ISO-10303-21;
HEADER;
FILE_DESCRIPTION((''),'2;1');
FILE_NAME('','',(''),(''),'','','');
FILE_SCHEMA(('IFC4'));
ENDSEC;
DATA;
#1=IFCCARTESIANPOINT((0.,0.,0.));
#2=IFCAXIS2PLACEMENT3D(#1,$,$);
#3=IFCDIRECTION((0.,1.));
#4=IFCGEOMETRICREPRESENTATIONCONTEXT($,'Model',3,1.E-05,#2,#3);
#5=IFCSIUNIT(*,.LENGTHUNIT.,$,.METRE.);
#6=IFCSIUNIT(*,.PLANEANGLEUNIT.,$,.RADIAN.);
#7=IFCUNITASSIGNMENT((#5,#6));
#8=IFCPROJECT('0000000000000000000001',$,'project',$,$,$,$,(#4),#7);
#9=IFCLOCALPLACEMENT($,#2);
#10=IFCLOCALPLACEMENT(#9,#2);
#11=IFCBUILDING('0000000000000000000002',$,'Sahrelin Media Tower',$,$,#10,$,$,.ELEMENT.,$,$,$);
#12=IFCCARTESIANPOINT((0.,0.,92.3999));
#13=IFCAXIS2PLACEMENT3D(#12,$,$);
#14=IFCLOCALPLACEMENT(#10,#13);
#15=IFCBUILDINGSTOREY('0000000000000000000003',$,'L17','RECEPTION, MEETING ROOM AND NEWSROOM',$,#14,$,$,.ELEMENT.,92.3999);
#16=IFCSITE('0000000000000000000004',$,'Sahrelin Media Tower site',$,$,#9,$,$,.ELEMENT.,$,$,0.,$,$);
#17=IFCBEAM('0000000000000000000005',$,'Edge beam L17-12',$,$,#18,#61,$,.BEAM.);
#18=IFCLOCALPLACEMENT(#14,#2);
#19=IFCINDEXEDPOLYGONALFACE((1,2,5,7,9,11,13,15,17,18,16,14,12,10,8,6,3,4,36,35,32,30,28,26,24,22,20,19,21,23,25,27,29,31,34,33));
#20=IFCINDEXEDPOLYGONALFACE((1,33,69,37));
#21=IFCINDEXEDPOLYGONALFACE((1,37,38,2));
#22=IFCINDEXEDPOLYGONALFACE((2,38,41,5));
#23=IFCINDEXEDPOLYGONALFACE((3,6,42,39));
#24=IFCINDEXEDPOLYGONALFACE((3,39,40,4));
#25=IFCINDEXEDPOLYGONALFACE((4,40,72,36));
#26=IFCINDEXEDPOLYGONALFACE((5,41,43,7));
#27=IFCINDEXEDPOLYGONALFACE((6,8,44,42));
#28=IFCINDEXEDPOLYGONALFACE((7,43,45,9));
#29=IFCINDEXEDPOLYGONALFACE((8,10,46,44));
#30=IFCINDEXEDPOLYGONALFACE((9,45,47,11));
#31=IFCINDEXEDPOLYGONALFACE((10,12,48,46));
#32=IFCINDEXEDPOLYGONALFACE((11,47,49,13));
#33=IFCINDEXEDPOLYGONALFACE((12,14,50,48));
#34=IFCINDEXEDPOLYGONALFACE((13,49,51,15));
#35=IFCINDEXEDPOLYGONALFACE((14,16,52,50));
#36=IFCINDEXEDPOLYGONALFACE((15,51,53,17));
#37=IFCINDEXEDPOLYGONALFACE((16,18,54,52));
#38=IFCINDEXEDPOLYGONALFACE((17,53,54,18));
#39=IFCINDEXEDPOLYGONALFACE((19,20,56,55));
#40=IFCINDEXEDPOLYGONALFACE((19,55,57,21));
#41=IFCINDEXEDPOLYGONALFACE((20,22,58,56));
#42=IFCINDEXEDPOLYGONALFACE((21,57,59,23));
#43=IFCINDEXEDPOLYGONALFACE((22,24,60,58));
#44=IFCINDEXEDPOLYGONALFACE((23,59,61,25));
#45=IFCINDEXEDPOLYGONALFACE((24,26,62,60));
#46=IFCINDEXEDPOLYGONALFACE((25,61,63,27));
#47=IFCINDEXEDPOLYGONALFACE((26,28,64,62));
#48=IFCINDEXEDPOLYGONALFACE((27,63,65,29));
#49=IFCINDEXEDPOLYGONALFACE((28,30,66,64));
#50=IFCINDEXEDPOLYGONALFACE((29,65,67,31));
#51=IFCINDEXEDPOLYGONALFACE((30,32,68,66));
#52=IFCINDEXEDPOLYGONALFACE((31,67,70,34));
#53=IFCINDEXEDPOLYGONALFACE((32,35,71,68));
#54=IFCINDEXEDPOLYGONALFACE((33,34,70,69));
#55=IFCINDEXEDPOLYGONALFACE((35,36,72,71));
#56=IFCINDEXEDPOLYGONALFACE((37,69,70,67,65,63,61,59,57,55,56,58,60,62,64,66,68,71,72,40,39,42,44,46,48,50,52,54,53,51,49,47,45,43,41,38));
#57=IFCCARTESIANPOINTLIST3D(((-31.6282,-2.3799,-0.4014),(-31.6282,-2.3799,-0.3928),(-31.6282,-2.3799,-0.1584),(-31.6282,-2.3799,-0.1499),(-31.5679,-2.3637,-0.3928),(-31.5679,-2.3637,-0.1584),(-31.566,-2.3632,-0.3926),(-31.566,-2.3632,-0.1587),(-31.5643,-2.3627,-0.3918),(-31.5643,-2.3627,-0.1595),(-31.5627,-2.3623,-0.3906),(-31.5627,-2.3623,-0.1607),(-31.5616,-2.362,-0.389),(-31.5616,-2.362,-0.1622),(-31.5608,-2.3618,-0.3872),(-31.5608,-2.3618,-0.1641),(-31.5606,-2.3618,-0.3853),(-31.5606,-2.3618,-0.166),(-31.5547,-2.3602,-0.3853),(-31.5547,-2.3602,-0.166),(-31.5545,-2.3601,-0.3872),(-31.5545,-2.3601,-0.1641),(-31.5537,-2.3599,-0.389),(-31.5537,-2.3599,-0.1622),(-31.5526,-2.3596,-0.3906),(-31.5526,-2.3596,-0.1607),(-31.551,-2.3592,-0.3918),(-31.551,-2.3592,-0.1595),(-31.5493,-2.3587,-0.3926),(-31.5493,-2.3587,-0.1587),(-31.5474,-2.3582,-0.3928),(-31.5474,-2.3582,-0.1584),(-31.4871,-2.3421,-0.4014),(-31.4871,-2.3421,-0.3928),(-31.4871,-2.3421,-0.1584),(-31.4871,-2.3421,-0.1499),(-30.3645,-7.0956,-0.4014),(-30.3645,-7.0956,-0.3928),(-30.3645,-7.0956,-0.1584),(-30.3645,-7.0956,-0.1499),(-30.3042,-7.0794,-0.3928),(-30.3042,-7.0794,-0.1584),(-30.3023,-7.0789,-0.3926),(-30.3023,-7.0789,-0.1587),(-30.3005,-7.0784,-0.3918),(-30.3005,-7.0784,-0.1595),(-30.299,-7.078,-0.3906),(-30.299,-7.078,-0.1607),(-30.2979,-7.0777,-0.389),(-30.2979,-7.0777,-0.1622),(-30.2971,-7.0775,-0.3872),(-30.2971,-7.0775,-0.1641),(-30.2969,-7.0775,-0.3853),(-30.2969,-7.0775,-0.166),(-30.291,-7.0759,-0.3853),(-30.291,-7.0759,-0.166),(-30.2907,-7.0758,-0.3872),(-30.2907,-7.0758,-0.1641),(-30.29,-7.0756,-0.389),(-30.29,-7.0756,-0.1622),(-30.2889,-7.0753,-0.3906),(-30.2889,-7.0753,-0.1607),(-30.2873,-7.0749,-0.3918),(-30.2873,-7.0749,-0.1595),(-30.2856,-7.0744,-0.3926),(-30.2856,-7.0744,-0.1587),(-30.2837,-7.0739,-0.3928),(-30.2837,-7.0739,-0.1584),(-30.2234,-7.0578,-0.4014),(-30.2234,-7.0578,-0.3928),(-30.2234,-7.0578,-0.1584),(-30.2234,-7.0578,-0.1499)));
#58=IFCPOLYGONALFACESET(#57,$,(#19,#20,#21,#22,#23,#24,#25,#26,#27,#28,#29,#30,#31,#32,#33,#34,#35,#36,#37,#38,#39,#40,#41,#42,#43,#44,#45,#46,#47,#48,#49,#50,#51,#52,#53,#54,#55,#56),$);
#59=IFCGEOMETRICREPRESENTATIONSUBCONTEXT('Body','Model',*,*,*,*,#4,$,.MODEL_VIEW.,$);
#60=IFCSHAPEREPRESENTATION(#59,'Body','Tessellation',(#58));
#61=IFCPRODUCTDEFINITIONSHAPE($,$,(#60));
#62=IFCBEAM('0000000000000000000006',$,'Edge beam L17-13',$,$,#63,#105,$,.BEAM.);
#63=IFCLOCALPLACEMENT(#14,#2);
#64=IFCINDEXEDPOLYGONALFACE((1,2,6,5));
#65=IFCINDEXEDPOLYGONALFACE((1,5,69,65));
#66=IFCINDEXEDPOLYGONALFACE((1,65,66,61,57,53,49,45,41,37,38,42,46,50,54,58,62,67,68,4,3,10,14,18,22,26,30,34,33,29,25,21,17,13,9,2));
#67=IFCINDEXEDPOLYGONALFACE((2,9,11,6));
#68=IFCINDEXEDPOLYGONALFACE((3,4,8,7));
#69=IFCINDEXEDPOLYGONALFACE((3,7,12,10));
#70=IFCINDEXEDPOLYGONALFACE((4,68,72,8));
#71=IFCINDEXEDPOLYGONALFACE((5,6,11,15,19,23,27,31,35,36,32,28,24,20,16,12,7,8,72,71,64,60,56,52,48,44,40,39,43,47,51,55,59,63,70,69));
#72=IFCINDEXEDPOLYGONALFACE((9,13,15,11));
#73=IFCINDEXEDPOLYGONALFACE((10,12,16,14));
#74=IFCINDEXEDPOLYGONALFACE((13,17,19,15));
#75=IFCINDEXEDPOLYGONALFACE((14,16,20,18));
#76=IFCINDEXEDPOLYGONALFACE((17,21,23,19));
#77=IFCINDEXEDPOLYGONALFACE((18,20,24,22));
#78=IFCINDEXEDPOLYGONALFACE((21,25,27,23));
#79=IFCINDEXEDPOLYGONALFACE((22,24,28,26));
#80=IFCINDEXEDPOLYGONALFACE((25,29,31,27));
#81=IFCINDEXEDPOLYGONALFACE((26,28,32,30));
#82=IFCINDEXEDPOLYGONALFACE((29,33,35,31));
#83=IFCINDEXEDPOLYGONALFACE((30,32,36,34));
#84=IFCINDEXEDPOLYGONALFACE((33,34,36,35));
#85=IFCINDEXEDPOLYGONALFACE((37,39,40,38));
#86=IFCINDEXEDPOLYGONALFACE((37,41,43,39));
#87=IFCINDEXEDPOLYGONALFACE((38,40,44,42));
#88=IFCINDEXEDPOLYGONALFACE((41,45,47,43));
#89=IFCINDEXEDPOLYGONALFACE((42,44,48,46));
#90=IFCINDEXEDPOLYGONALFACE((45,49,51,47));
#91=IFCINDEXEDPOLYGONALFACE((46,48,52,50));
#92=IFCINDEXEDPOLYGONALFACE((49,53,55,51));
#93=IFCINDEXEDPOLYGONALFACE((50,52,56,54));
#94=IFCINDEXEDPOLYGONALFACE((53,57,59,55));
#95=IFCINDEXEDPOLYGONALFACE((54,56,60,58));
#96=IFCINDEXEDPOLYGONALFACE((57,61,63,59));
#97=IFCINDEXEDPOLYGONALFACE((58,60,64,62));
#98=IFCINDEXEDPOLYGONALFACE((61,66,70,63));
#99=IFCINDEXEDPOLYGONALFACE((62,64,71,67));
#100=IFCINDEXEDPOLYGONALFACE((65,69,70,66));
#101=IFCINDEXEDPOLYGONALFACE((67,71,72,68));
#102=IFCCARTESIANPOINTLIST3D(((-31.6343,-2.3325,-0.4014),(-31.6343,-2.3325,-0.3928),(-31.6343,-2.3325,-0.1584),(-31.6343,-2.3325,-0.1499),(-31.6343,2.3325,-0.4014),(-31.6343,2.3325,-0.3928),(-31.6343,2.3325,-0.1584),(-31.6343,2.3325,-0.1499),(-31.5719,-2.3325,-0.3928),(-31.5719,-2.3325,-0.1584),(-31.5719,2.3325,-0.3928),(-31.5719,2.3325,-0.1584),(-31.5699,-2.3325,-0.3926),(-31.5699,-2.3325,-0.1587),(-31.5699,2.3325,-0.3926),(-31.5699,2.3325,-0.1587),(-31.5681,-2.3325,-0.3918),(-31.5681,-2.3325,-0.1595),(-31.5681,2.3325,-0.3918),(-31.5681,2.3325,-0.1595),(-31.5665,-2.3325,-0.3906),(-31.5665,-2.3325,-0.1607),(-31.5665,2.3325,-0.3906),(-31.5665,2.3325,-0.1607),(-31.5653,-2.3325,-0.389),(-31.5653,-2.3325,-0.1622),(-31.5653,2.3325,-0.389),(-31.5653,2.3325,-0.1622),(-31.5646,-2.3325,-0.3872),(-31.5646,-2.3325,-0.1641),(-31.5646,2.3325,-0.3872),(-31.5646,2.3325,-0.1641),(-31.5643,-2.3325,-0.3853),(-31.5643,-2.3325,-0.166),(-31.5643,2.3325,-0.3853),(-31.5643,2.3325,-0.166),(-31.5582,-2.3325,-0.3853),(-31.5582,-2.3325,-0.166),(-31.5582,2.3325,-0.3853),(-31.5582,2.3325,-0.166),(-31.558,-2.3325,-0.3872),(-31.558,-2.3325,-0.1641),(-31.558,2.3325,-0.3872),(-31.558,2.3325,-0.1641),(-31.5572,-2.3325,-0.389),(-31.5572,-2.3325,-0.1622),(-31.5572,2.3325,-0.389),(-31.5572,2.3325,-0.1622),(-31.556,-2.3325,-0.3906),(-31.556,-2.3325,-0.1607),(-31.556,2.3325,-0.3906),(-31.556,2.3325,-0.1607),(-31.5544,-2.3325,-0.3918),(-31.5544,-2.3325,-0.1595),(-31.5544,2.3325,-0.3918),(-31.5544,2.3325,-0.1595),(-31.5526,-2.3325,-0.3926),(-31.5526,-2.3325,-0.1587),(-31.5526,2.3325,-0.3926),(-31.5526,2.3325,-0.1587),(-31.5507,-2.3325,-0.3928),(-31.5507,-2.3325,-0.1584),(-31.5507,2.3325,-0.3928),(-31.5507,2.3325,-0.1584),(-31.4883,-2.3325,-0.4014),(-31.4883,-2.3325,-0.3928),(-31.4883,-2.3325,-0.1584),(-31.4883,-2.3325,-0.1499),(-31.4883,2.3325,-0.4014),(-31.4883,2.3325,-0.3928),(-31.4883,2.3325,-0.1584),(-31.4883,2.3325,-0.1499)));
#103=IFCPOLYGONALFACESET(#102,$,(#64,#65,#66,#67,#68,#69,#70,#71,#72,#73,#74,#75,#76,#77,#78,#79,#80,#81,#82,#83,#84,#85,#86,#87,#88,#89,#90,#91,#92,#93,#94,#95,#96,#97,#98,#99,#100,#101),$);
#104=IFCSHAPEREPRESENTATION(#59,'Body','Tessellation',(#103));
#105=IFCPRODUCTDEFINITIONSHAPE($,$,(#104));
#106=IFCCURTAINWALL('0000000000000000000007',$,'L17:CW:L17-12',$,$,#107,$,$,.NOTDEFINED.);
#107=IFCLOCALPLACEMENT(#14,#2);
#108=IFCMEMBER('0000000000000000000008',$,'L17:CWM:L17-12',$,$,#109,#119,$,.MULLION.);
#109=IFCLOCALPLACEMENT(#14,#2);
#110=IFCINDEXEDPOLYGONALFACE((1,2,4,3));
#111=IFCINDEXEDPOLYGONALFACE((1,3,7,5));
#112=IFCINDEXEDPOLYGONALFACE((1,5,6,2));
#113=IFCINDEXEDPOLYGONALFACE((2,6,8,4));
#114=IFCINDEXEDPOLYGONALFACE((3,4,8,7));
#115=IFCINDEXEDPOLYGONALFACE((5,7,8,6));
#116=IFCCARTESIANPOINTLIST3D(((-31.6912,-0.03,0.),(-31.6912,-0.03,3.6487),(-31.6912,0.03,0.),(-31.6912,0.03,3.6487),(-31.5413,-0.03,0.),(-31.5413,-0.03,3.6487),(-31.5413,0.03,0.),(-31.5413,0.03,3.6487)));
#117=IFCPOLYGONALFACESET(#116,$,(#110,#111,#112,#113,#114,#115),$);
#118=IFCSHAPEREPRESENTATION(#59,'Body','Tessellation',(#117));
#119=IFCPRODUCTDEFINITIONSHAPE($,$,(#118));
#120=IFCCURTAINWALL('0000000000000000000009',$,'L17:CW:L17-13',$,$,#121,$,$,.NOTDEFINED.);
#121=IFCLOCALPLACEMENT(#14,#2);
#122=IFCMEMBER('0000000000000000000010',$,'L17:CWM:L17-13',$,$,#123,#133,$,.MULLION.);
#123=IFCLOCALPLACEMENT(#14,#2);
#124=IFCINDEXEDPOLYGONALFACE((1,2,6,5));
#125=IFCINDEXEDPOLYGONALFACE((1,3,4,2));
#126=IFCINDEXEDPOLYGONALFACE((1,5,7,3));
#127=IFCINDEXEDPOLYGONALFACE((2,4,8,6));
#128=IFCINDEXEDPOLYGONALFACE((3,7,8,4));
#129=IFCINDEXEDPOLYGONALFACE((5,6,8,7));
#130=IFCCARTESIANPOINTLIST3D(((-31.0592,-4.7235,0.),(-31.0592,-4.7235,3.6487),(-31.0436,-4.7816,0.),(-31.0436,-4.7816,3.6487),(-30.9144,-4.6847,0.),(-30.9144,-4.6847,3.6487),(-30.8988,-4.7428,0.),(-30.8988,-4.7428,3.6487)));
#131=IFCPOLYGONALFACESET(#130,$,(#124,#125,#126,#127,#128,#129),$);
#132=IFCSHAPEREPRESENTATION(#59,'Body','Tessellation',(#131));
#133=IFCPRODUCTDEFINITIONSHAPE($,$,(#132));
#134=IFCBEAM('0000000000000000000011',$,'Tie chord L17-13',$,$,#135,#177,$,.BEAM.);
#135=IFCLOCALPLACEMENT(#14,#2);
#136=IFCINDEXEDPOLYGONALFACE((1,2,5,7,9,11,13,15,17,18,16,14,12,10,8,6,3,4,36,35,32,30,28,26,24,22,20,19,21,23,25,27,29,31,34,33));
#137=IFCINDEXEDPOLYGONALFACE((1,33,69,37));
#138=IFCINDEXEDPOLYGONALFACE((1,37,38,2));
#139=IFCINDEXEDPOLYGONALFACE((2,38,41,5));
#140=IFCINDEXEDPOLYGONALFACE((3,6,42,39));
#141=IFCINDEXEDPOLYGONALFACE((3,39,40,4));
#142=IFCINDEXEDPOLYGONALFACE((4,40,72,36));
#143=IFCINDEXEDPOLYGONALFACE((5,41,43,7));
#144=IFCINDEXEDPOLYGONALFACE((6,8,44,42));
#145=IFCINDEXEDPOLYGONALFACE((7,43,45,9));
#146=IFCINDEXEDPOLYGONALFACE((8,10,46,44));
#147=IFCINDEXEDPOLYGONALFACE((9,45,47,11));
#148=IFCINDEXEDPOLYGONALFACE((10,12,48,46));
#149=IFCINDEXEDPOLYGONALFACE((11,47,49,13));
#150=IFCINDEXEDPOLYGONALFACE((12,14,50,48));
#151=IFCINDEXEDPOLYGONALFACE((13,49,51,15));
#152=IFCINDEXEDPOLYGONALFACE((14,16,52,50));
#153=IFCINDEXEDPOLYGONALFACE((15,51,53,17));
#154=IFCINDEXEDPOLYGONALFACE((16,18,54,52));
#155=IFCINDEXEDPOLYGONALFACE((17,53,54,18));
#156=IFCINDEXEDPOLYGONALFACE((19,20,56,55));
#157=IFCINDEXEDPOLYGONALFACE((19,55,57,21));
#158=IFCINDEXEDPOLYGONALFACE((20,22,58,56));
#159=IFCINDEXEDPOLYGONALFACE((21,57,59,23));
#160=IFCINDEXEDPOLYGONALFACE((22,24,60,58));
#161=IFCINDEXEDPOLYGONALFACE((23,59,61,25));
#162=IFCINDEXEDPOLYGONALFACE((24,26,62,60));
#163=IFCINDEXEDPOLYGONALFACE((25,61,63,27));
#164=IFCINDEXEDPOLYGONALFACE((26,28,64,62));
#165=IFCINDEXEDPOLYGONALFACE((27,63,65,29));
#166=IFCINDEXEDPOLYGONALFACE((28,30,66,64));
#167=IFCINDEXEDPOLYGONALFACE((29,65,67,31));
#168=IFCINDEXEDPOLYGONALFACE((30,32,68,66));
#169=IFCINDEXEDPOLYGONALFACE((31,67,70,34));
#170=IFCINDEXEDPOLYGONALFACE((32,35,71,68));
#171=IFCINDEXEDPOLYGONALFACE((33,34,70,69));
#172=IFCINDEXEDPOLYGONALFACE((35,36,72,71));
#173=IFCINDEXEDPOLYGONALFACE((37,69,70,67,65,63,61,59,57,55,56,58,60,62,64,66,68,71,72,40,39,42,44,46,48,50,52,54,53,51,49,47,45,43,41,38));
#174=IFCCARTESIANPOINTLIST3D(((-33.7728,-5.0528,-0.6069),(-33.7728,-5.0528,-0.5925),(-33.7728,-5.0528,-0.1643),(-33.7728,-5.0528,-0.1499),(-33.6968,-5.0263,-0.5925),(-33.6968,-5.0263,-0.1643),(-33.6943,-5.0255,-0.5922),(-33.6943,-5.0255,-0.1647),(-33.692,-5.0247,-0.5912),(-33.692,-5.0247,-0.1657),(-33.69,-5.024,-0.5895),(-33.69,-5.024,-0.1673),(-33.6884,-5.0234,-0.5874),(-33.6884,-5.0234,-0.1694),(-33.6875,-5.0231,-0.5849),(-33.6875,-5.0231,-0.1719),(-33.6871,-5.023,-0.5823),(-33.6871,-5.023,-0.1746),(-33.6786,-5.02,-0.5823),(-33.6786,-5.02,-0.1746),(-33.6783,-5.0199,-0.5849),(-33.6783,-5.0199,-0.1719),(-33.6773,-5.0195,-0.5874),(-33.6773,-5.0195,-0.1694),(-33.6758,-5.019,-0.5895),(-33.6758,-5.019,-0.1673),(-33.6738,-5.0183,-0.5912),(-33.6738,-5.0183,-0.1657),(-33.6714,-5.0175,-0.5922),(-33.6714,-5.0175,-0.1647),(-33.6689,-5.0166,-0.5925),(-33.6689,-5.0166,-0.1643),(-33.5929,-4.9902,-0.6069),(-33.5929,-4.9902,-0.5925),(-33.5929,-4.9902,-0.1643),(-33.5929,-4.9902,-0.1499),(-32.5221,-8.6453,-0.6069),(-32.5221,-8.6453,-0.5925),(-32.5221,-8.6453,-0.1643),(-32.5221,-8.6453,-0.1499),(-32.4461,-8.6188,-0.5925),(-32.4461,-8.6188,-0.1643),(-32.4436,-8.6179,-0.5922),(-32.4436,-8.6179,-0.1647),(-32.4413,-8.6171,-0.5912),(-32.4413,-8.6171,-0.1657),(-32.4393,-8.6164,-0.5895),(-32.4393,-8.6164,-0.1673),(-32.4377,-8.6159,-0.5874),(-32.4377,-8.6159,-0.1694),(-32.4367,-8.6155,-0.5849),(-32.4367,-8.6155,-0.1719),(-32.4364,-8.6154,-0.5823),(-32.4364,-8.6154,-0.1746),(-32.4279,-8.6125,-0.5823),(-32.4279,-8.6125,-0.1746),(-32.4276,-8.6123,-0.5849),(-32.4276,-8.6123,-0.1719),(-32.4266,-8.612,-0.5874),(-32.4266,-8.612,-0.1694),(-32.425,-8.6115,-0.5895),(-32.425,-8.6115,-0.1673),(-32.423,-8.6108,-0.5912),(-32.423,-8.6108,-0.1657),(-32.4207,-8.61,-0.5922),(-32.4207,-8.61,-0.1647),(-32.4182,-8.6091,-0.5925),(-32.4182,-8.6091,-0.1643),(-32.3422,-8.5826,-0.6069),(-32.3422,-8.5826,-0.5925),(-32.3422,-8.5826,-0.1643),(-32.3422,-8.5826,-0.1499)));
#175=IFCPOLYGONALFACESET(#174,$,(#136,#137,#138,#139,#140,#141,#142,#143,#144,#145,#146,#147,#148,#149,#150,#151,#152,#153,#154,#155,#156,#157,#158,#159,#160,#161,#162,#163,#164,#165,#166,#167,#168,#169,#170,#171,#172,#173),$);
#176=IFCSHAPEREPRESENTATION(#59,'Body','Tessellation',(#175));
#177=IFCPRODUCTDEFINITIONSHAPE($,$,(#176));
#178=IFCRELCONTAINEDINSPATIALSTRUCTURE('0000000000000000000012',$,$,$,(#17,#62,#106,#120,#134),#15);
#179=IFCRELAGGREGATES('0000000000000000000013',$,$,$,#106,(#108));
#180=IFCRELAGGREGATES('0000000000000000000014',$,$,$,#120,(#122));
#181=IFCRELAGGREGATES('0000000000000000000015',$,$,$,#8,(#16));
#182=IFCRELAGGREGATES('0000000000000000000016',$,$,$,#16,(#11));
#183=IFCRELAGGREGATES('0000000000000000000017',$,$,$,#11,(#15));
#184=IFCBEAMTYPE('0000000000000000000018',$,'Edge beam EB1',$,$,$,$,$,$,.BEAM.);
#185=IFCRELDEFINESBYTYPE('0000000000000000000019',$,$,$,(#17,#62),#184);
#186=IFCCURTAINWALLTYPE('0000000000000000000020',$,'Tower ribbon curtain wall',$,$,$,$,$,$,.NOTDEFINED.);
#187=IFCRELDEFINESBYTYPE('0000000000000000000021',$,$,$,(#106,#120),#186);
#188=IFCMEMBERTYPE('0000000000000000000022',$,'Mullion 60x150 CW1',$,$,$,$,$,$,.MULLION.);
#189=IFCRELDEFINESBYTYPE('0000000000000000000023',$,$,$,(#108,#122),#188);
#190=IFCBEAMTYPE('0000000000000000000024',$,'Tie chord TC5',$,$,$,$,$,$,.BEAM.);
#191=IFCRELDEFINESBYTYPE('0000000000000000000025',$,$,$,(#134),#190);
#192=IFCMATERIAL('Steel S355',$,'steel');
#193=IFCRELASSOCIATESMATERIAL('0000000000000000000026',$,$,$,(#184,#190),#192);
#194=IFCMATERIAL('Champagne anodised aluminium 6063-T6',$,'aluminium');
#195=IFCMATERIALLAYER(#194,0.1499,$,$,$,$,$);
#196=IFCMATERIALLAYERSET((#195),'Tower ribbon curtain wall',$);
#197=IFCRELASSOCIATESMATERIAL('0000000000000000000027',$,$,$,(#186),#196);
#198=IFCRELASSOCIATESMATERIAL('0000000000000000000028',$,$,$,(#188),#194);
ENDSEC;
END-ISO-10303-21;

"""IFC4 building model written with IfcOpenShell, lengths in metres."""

from ifc_helpers import new_model, si_unit, direction, frame, origin, origin_2d, place, context, subcontext, project, spatial, rectangle, i_section, extrude, material, layer, layer_set, material_profile, profile_set, type_object, element, aggregate, save


model = new_model("IFC4")

# Units and contexts
model_context = context("Model", 3, precision=1e-05, world=origin(), true_north=direction((0.0, 1.0)))
body_context = subcontext(model_context, "Body", "Model", "MODEL_VIEW")
ifc_project = project(units=[si_unit("LENGTHUNIT", "METRE"), si_unit("PLANEANGLEUNIT", "RADIAN")], contexts=[model_context])

# Site, building, storey
site_placement = place(None, origin())
site = spatial("IfcSite", under=ifc_project, at=site_placement, Name="Sahrelin Media Tower site", CompositionType="ELEMENT", RefElevation=0.0)
building_placement = place(site_placement, origin())
building = spatial("IfcBuilding", under=site, at=building_placement, Name="Sahrelin Media Tower", CompositionType="ELEMENT")
storey_placement = place(building_placement, frame((0.0, 0.0, 92.3999)))
storey = spatial("IfcBuildingStorey", under=building, at=storey_placement, Name="L17", Description="RECEPTION, MEETING ROOM AND NEWSROOM", CompositionType="ELEMENT", Elevation=92.3999)

# Beams
ifc_material_1 = material(Name="Steel S355", Category="steel")
ifc_material_profile_1 = material_profile(ifc_material_1, i_section(OverallWidth=0.146, OverallDepth=0.2515, WebThickness=0.0061, FlangeThickness=0.0085, FilletRadius=0.0076, at=origin_2d()), Name="UB 254x146x31")
ifc_profile_set_1 = profile_set([ifc_material_profile_1], Name="Steel S355")
beam_type_1 = type_object("IfcBeamType", Name="Edge beam EB1", PredefinedType="BEAM", material=ifc_profile_set_1)
beam_1_placement = place(storey_placement, frame((-30.2939, -7.0767, -0.2756), z_axis=(-0.258845, 0.965919, 0.0), x_axis=(-0.965919, -0.258845, 0.0)))
element("IfcBeam", 1, at=beam_1_placement, inside=storey, type_object=beam_type_1, Name="Edge beam L17-12", PredefinedType="BEAM", context=body_context, shape_type="SweptSolid", body=[
    extrude(i_section(OverallWidth=0.146, OverallDepth=0.2515, WebThickness=0.0061, FlangeThickness=0.0085, FilletRadius=0.0076, at=origin_2d()), origin(), (0.0, 0.0, 1.0), 4.8821),
])
beam_2_placement = place(storey_placement, frame((-31.5613, -2.3325, -0.2756), z_axis=(0.0, 1.0, 0.0), x_axis=(-1.0, 0.0, 0.0)))
element("IfcBeam", 2, at=beam_2_placement, inside=storey, type_object=beam_type_1, Name="Edge beam L17-13", PredefinedType="BEAM", context=body_context, shape_type="SweptSolid", body=[
    extrude(i_section(OverallWidth=0.146, OverallDepth=0.2515, WebThickness=0.0061, FlangeThickness=0.0085, FilletRadius=0.0076, at=origin_2d()), origin(), (0.0, 0.0, 1.0), 4.665),
])

# Curtain walls, members
ifc_material_2 = material(Name="Champagne anodised aluminium 6063-T6", Category="aluminium")
ifc_layer_1 = layer(ifc_material_2, 0.1499)
ifc_layer_set_1 = layer_set([ifc_layer_1], Name="Tower ribbon curtain wall")
curtain_wall_type = type_object("IfcCurtainWallType", Name="Tower ribbon curtain wall", PredefinedType="NOTDEFINED", material=ifc_layer_set_1)
curtain_wall_1_placement = place(storey_placement, frame((-31.7112, 0.0, 0.0), z_axis=(0.0, 0.0, 1.0), x_axis=(1.0, 0.0, 0.0)))
curtain_wall_1 = element("IfcCurtainWall", 3, at=curtain_wall_1_placement, inside=storey, type_object=curtain_wall_type, Name="L17:CW:L17-12", PredefinedType="NOTDEFINED")
ifc_material_profile_2 = material_profile(ifc_material_2, rectangle(XDim=0.0601, YDim=0.1499, at=origin_2d()), Name="Mullion 60x150")
ifc_profile_set_2 = profile_set([ifc_material_profile_2], Name="Champagne anodised aluminium 6063-T6")
member_type_1 = type_object("IfcMemberType", Name="Mullion 60x150 CW1", PredefinedType="MULLION", material=ifc_profile_set_2)
member_1_placement = place(storey_placement, frame((-31.6162, 0.0, 0.0), z_axis=(0.0, 0.0, 1.0), x_axis=(0.0, -1.0, 0.0)))
member_1 = element("IfcMember", 4, at=member_1_placement, type_object=member_type_1, Name="L17:CWM:L17-12", PredefinedType="MULLION", context=body_context, shape_type="SweptSolid", body=[
    extrude(rectangle(XDim=0.0601, YDim=0.1499, at=origin_2d()), origin(), (0.0, 0.0, 1.0), 3.6487),
])
aggregate(curtain_wall_1, [member_1])
curtain_wall_2_placement = place(storey_placement, frame((-31.0708, -4.7576, 0.0), z_axis=(0.0, 0.0, 1.0), x_axis=(1.0, 0.0, 0.0)))
curtain_wall_2 = element("IfcCurtainWall", 5, at=curtain_wall_2_placement, inside=storey, type_object=curtain_wall_type, Name="L17:CW:L17-13", PredefinedType="NOTDEFINED")
member_2_placement = place(storey_placement, frame((-30.979, -4.7332, 0.0), z_axis=(0.0, 0.0, 1.0), x_axis=(0.258817, -0.965926, 0.0)))
member_2 = element("IfcMember", 6, at=member_2_placement, type_object=member_type_1, Name="L17:CWM:L17-13", PredefinedType="MULLION", context=body_context, shape_type="SweptSolid", body=[
    extrude(rectangle(XDim=0.0601, YDim=0.1499, at=origin_2d()), origin(), (0.0, 0.0, 1.0), 3.6487),
])

# Beam
ifc_material_profile_3 = material_profile(ifc_material_1, i_section(OverallWidth=0.1904, OverallDepth=0.457, WebThickness=0.009, FlangeThickness=0.0144, FilletRadius=0.0103, at=origin_2d()), Name="UB 457x191x74")
ifc_profile_set_3 = profile_set([ifc_material_profile_3], Name="Steel S355")
beam_type_2 = type_object("IfcBeamType", Name="Tie chord TC5", PredefinedType="BEAM", material=ifc_profile_set_3)
beam_3_placement = place(storey_placement, frame((-33.6829, -5.0215, -0.3784), z_axis=(0.328792, -0.944402, 0.0), x_axis=(0.944402, 0.328792, 0.0)))
element("IfcBeam", 7, at=beam_3_placement, inside=storey, type_object=beam_type_2, Name="Tie chord L17-13", PredefinedType="BEAM", context=body_context, shape_type="SweptSolid", body=[
    extrude(i_section(OverallWidth=0.1904, OverallDepth=0.457, WebThickness=0.009, FlangeThickness=0.0144, FilletRadius=0.0103, at=origin_2d()), origin(), (0.0, 0.0, 1.0), 3.804),
])

aggregate(curtain_wall_2, [member_2])

save(model, "model.ifc")
